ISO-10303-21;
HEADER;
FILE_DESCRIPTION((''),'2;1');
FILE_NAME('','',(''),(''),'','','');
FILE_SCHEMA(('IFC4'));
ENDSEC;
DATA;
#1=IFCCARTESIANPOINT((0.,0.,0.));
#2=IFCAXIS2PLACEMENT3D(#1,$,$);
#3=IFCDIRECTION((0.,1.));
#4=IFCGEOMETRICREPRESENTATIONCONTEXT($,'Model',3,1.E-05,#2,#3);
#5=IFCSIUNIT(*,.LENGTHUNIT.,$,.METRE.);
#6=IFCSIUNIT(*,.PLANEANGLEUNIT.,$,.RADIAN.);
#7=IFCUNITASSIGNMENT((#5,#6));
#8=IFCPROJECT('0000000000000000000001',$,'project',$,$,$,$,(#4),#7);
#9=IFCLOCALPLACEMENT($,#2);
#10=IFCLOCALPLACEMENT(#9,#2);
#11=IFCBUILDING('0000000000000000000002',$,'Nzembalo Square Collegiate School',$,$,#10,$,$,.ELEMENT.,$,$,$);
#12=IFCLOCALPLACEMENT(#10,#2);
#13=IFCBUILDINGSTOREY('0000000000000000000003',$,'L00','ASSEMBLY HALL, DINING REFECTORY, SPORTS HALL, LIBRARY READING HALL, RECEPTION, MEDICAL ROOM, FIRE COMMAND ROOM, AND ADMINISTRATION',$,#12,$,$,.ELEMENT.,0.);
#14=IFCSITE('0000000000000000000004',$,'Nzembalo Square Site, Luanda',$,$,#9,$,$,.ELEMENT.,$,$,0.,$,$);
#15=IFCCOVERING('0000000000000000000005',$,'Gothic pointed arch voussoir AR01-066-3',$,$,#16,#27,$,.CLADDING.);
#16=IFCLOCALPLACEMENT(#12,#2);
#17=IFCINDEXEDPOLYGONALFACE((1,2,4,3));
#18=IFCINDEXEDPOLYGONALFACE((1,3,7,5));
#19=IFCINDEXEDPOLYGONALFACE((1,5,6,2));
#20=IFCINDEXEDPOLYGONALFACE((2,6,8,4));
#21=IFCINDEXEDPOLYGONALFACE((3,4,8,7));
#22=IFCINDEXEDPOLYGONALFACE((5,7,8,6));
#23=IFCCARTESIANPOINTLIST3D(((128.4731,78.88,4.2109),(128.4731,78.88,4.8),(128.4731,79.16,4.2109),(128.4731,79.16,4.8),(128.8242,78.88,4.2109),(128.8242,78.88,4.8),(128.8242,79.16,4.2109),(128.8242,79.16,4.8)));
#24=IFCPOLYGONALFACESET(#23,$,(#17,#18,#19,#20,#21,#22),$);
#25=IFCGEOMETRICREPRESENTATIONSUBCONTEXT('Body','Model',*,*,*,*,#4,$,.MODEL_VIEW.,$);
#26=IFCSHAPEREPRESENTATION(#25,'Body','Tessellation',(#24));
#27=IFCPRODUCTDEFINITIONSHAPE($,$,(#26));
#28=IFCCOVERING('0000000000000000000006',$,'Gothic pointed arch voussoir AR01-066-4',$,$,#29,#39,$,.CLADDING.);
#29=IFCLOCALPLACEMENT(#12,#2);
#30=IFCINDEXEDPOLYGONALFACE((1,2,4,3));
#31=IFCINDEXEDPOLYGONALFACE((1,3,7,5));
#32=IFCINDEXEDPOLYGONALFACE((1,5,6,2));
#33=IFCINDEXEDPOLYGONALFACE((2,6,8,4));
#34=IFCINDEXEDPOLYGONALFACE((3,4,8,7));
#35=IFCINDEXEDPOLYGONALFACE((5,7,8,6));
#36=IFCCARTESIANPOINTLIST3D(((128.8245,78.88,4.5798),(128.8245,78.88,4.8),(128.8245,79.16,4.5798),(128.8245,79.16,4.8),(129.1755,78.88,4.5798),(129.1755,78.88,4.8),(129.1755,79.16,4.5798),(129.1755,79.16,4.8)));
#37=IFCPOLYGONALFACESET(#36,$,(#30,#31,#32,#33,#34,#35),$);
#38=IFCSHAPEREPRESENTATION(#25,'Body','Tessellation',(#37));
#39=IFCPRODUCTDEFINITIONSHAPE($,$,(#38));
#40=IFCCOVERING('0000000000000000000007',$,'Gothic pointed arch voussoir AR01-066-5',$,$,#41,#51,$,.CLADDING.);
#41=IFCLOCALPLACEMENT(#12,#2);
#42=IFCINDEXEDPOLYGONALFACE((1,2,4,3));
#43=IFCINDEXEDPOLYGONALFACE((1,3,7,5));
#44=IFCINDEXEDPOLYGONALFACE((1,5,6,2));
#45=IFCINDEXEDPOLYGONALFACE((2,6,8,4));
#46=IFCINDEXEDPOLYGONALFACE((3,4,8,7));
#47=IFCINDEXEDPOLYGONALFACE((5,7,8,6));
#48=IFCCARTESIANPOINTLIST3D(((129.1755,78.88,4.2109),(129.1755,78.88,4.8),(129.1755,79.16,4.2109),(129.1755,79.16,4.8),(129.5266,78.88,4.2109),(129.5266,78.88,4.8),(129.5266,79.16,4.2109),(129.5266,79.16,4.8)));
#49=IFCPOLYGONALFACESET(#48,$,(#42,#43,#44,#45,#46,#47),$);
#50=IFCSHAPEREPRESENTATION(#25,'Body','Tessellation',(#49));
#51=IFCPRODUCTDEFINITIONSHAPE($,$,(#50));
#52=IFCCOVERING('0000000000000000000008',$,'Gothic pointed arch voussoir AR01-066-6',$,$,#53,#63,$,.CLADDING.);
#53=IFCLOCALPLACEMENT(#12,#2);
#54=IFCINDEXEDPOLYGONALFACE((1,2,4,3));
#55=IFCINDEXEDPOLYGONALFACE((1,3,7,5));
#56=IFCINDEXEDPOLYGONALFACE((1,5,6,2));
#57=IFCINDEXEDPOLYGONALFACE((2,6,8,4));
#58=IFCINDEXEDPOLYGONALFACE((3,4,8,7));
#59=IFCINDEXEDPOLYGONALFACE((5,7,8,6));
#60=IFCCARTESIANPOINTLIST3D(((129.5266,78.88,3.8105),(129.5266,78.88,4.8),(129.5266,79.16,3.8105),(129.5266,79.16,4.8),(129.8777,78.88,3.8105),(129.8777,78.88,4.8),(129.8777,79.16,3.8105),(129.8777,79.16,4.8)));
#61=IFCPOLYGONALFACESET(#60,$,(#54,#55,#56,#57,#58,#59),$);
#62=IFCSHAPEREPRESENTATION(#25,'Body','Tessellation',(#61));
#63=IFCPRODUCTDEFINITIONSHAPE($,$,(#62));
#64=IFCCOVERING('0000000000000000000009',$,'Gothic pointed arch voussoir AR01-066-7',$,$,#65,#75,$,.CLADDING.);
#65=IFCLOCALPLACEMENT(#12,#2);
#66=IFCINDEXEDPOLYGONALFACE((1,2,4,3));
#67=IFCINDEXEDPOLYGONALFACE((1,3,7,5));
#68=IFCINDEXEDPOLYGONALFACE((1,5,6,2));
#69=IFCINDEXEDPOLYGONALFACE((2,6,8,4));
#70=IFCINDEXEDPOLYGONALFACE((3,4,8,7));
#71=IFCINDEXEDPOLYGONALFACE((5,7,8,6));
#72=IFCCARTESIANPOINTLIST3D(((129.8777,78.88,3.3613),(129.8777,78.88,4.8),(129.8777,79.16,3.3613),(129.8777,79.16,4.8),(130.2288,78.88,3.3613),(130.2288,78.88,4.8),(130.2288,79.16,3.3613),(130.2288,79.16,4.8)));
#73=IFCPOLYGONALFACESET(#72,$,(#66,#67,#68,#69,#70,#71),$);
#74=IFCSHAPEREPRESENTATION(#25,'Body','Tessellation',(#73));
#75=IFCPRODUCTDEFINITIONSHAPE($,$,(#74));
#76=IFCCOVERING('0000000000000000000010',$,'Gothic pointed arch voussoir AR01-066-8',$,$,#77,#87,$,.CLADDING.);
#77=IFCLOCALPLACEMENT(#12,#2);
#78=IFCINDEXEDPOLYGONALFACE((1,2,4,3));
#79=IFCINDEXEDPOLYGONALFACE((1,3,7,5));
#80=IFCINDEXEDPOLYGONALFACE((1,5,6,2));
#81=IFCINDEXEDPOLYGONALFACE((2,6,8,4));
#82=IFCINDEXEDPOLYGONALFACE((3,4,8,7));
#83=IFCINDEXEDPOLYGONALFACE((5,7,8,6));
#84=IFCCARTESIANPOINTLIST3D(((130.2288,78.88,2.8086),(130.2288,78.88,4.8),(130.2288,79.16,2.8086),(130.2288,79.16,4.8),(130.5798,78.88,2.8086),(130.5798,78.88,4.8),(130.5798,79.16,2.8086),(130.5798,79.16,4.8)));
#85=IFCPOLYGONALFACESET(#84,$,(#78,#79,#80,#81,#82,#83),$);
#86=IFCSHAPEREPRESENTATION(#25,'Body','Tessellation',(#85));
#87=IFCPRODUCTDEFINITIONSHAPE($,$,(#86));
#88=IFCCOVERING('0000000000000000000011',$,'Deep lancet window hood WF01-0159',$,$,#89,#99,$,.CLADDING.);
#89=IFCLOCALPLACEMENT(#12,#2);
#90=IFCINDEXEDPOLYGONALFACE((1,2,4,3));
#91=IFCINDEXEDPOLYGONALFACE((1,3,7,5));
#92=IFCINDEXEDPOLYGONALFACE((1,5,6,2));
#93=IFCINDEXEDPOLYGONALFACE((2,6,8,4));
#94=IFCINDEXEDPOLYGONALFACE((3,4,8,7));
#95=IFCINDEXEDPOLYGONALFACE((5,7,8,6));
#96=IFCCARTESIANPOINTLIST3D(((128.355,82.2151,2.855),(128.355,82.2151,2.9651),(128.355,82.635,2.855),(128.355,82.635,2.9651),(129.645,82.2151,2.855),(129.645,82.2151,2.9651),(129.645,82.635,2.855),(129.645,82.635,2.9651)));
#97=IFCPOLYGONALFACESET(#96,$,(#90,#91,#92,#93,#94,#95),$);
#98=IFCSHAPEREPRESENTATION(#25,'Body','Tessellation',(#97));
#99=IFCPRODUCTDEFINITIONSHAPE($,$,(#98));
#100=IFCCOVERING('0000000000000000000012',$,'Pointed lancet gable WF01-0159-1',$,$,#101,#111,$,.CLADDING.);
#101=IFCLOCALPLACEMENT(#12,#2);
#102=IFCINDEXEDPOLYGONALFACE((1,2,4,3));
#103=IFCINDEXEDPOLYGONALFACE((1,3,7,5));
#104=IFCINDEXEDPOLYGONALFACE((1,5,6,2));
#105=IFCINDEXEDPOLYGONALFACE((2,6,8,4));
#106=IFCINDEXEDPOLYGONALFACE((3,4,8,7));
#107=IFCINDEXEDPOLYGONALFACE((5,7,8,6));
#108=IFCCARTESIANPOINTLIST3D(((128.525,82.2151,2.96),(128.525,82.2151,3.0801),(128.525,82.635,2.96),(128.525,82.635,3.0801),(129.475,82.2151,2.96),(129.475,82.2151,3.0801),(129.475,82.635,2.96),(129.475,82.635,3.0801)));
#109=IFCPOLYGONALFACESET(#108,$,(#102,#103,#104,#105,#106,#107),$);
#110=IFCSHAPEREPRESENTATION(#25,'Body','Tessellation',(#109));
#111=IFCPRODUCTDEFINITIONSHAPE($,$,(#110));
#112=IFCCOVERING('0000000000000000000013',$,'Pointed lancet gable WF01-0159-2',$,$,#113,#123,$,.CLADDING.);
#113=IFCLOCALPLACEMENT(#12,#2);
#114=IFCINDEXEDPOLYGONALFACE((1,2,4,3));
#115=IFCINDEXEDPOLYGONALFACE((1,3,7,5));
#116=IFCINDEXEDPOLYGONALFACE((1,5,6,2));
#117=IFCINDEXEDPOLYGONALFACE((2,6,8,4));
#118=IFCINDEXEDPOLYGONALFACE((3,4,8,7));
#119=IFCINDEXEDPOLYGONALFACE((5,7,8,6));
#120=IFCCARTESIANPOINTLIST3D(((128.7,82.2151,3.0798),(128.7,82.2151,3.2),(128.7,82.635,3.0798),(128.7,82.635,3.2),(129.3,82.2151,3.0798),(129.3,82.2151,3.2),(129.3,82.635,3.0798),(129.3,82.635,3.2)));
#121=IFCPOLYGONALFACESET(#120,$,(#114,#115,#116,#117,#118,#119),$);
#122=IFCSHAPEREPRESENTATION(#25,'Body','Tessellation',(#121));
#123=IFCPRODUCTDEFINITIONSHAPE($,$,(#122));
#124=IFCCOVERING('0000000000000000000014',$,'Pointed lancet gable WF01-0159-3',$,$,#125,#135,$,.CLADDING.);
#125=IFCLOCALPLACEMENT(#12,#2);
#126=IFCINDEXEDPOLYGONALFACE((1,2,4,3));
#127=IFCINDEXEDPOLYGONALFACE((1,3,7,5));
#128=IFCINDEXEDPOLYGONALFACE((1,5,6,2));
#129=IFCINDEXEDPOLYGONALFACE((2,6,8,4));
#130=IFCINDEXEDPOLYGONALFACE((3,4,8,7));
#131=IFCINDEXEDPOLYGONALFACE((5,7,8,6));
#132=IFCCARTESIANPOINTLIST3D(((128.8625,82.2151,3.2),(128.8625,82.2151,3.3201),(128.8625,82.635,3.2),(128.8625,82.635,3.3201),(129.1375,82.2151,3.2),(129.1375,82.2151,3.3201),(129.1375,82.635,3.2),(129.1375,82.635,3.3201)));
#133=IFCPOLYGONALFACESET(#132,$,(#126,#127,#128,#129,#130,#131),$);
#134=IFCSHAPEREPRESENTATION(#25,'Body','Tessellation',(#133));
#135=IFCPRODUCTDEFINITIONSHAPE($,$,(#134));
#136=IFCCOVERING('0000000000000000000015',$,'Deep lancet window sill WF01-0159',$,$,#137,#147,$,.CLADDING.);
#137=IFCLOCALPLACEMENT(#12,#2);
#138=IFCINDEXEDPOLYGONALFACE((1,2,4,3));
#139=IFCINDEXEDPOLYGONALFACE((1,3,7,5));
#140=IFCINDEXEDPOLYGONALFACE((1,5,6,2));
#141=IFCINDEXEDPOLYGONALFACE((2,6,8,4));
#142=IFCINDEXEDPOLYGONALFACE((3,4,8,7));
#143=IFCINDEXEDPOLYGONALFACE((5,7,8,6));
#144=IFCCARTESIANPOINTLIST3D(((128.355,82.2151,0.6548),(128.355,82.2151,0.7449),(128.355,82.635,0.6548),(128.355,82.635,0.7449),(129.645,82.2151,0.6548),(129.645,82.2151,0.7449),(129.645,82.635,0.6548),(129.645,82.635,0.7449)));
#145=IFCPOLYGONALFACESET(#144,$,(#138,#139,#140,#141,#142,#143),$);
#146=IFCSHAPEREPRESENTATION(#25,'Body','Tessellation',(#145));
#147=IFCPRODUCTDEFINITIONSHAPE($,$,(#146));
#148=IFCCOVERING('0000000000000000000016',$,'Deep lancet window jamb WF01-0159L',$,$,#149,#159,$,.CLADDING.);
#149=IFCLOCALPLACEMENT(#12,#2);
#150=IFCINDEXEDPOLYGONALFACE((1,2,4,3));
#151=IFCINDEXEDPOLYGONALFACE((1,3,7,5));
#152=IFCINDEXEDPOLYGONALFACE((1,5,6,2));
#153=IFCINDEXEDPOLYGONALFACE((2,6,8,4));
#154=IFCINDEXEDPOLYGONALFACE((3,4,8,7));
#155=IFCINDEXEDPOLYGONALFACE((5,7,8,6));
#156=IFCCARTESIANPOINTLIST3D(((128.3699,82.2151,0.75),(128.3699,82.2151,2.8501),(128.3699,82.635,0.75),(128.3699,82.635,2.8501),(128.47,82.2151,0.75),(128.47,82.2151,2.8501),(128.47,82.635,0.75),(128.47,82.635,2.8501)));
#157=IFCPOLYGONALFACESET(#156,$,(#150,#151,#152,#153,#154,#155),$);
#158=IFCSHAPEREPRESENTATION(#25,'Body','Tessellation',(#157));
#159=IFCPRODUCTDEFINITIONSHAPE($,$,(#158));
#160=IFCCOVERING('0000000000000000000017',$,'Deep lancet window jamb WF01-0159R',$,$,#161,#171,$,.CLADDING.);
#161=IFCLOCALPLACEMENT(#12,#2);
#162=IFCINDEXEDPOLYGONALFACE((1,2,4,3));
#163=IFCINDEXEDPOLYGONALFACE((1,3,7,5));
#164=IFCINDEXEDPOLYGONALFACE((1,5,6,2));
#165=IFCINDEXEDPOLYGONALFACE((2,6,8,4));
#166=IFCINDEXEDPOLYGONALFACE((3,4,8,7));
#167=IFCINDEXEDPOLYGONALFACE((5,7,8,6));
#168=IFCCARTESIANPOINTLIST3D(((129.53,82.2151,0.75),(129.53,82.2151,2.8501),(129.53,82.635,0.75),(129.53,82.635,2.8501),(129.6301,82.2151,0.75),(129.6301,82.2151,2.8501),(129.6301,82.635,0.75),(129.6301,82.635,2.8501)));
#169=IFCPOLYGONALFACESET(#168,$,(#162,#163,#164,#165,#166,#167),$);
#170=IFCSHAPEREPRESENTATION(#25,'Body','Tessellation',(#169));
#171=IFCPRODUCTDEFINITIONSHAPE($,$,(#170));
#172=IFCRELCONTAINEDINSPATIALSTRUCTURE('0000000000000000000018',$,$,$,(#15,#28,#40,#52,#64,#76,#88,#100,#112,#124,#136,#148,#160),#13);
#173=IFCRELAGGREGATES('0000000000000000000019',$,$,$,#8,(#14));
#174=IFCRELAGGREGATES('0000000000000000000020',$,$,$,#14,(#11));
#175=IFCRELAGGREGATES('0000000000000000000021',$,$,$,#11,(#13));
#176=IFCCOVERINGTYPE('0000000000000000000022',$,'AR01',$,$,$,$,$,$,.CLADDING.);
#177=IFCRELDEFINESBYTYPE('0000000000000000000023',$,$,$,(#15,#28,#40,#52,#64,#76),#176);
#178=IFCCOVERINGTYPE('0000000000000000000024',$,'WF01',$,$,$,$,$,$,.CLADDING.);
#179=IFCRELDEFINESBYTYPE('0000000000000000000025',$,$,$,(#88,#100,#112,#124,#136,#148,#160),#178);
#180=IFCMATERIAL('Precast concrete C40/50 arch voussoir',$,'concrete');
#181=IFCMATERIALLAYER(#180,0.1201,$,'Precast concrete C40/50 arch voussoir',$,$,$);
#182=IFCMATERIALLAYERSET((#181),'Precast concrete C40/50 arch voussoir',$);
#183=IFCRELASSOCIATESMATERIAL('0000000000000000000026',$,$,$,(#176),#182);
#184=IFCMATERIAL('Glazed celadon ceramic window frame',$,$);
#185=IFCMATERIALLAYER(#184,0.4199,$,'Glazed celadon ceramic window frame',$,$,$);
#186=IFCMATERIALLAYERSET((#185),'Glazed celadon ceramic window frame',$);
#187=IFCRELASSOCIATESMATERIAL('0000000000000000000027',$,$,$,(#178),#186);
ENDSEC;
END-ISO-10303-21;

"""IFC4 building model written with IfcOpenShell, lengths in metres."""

from ifc_helpers import new_model, si_unit, direction, frame, origin, origin_2d, place, context, subcontext, project, spatial, rectangle, extrude, material, layer, layer_set, type_object, element, save


model = new_model("IFC4")

# Units and contexts
model_context = context("Model", 3, precision=1e-05, world=origin(), true_north=direction((0.0, 1.0)))
body_context = subcontext(model_context, "Body", "Model", "MODEL_VIEW")
ifc_project = project(units=[si_unit("LENGTHUNIT", "METRE"), si_unit("PLANEANGLEUNIT", "RADIAN")], contexts=[model_context])

# Site, building, storey
site_placement = place(None, origin())
site = spatial("IfcSite", under=ifc_project, at=site_placement, Name="Nzembalo Square Site, Luanda", CompositionType="ELEMENT", RefElevation=0.0)
building_placement = place(site_placement, origin())
building = spatial("IfcBuilding", under=site, at=building_placement, Name="Nzembalo Square Collegiate School", CompositionType="ELEMENT")
storey_placement = place(building_placement, origin())
storey = spatial("IfcBuildingStorey", under=building, at=storey_placement, Name="L00", Description="ASSEMBLY HALL, DINING REFECTORY, SPORTS HALL, LIBRARY READING HALL, RECEPTION, MEDICAL ROOM, FIRE COMMAND ROOM, AND ADMINISTRATION", CompositionType="ELEMENT", Elevation=0.0)

# Coverings
ifc_material_1 = material(Name="Precast concrete C40/50 arch voussoir", Category="concrete")
ifc_layer_1 = layer(ifc_material_1, 0.1201, Name="Precast concrete C40/50 arch voussoir")
ifc_layer_set_1 = layer_set([ifc_layer_1], Name="Precast concrete C40/50 arch voussoir")
covering_type_1 = type_object("IfcCoveringType", Name="AR01", PredefinedType="CLADDING", material=ifc_layer_set_1)
covering_1_placement = place(storey_placement, frame((128.6487, 79.02, 4.2109), z_axis=(0.0, 0.0, 1.0), x_axis=(1.0, 0.0, 0.0)))
element("IfcCovering", 1, at=covering_1_placement, inside=storey, type_object=covering_type_1, Name="Gothic pointed arch voussoir AR01-066-3", PredefinedType="CLADDING", context=body_context, shape_type="SweptSolid", body=[
    extrude(rectangle(XDim=0.3511, YDim=0.28, at=origin_2d()), origin(), (0.0, 0.0, 1.0), 0.5891),
])
covering_2_placement = place(storey_placement, frame((129.0, 79.02, 4.5798), z_axis=(0.0, 0.0, 1.0), x_axis=(1.0, 0.0, 0.0)))
element("IfcCovering", 2, at=covering_2_placement, inside=storey, type_object=covering_type_1, Name="Gothic pointed arch voussoir AR01-066-4", PredefinedType="CLADDING", context=body_context, shape_type="SweptSolid", body=[
    extrude(rectangle(XDim=0.3511, YDim=0.28, at=origin_2d()), origin(), (0.0, 0.0, 1.0), 0.2202),
])
covering_3_placement = place(storey_placement, frame((129.3511, 79.02, 4.2109), z_axis=(0.0, 0.0, 1.0), x_axis=(1.0, 0.0, 0.0)))
element("IfcCovering", 3, at=covering_3_placement, inside=storey, type_object=covering_type_1, Name="Gothic pointed arch voussoir AR01-066-5", PredefinedType="CLADDING", context=body_context, shape_type="SweptSolid", body=[
    extrude(rectangle(XDim=0.3511, YDim=0.28, at=origin_2d()), origin(), (0.0, 0.0, 1.0), 0.5891),
])
covering_4_placement = place(storey_placement, frame((129.7021, 79.02, 3.8105), z_axis=(0.0, 0.0, 1.0), x_axis=(1.0, 0.0, 0.0)))
element("IfcCovering", 4, at=covering_4_placement, inside=storey, type_object=covering_type_1, Name="Gothic pointed arch voussoir AR01-066-6", PredefinedType="CLADDING", context=body_context, shape_type="SweptSolid", body=[
    extrude(rectangle(XDim=0.3511, YDim=0.28, at=origin_2d()), origin(), (0.0, 0.0, 1.0), 0.9895),
])
covering_5_placement = place(storey_placement, frame((130.0532, 79.02, 3.3613), z_axis=(0.0, 0.0, 1.0), x_axis=(1.0, 0.0, 0.0)))
element("IfcCovering", 5, at=covering_5_placement, inside=storey, type_object=covering_type_1, Name="Gothic pointed arch voussoir AR01-066-7", PredefinedType="CLADDING", context=body_context, shape_type="SweptSolid", body=[
    extrude(rectangle(XDim=0.3511, YDim=0.28, at=origin_2d()), origin(), (0.0, 0.0, 1.0), 1.4387),
])
covering_6_placement = place(storey_placement, frame((130.4043, 79.02, 2.8086), z_axis=(0.0, 0.0, 1.0), x_axis=(1.0, 0.0, 0.0)))
element("IfcCovering", 6, at=covering_6_placement, inside=storey, type_object=covering_type_1, Name="Gothic pointed arch voussoir AR01-066-8", PredefinedType="CLADDING", context=body_context, shape_type="SweptSolid", body=[
    extrude(rectangle(XDim=0.3511, YDim=0.28, at=origin_2d()), origin(), (0.0, 0.0, 1.0), 1.9915),
])
ifc_material_2 = material(Name="Glazed celadon ceramic window frame")
ifc_layer_2 = layer(ifc_material_2, 0.4199, Name="Glazed celadon ceramic window frame")
ifc_layer_set_2 = layer_set([ifc_layer_2], Name="Glazed celadon ceramic window frame")
covering_type_2 = type_object("IfcCoveringType", Name="WF01", PredefinedType="CLADDING", material=ifc_layer_set_2)
covering_7_placement = place(storey_placement, frame((129.0, 82.425, 2.855), z_axis=(0.0, 0.0, 1.0), x_axis=(1.0, 0.0, 0.0)))
element("IfcCovering", 7, at=covering_7_placement, inside=storey, type_object=covering_type_2, Name="Deep lancet window hood WF01-0159", PredefinedType="CLADDING", context=body_context, shape_type="SweptSolid", body=[
    extrude(rectangle(XDim=1.29, YDim=0.4199, at=origin_2d()), origin(), (0.0, 0.0, 1.0), 0.1101),
])
covering_8_placement = place(storey_placement, frame((129.0, 82.425, 2.96), z_axis=(0.0, 0.0, 1.0), x_axis=(1.0, 0.0, 0.0)))
element("IfcCovering", 8, at=covering_8_placement, inside=storey, type_object=covering_type_2, Name="Pointed lancet gable WF01-0159-1", PredefinedType="CLADDING", context=body_context, shape_type="SweptSolid", body=[
    extrude(rectangle(XDim=0.95, YDim=0.4199, at=origin_2d()), origin(), (0.0, 0.0, 1.0), 0.1201),
])
covering_9_placement = place(storey_placement, frame((129.0, 82.425, 3.0798), z_axis=(0.0, 0.0, 1.0), x_axis=(1.0, 0.0, 0.0)))
element("IfcCovering", 9, at=covering_9_placement, inside=storey, type_object=covering_type_2, Name="Pointed lancet gable WF01-0159-2", PredefinedType="CLADDING", context=body_context, shape_type="SweptSolid", body=[
    extrude(rectangle(XDim=0.6001, YDim=0.4199, at=origin_2d()), origin(), (0.0, 0.0, 1.0), 0.1201),
])
covering_10_placement = place(storey_placement, frame((129.0, 82.425, 3.2), z_axis=(0.0, 0.0, 1.0), x_axis=(1.0, 0.0, 0.0)))
element("IfcCovering", 10, at=covering_10_placement, inside=storey, type_object=covering_type_2, Name="Pointed lancet gable WF01-0159-3", PredefinedType="CLADDING", context=body_context, shape_type="SweptSolid", body=[
    extrude(rectangle(XDim=0.2749, YDim=0.4199, at=origin_2d()), origin(), (0.0, 0.0, 1.0), 0.1201),
])
covering_11_placement = place(storey_placement, frame((129.0, 82.425, 0.6548), z_axis=(0.0, 0.0, 1.0), x_axis=(1.0, 0.0, 0.0)))
element("IfcCovering", 11, at=covering_11_placement, inside=storey, type_object=covering_type_2, Name="Deep lancet window sill WF01-0159", PredefinedType="CLADDING", context=body_context, shape_type="SweptSolid", body=[
    extrude(rectangle(XDim=1.29, YDim=0.4199, at=origin_2d()), origin(), (0.0, 0.0, 1.0), 0.0901),
])
for number, where, z_axis, x_axis, name in (
    (12, (128.4199, 82.425, 0.75), (0.0, 0.0, 1.0), (1.0, 0.0, 0.0), "Deep lancet window jamb WF01-0159L"),
    (13, (129.5801, 82.425, 0.75), (0.0, 0.0, 1.0), (1.0, 0.0, 0.0), "Deep lancet window jamb WF01-0159R"),
):
    element("IfcCovering", number, at=place(storey_placement, frame(where, z_axis=z_axis, x_axis=x_axis)), inside=storey, type_object=covering_type_2, Name=name, PredefinedType="CLADDING", context=body_context, shape_type="SweptSolid", body=[
        extrude(rectangle(XDim=0.1001, YDim=0.4199, at=origin_2d()), origin(), (0.0, 0.0, 1.0), 2.1001),
    ])

save(model, "model.ifc")
